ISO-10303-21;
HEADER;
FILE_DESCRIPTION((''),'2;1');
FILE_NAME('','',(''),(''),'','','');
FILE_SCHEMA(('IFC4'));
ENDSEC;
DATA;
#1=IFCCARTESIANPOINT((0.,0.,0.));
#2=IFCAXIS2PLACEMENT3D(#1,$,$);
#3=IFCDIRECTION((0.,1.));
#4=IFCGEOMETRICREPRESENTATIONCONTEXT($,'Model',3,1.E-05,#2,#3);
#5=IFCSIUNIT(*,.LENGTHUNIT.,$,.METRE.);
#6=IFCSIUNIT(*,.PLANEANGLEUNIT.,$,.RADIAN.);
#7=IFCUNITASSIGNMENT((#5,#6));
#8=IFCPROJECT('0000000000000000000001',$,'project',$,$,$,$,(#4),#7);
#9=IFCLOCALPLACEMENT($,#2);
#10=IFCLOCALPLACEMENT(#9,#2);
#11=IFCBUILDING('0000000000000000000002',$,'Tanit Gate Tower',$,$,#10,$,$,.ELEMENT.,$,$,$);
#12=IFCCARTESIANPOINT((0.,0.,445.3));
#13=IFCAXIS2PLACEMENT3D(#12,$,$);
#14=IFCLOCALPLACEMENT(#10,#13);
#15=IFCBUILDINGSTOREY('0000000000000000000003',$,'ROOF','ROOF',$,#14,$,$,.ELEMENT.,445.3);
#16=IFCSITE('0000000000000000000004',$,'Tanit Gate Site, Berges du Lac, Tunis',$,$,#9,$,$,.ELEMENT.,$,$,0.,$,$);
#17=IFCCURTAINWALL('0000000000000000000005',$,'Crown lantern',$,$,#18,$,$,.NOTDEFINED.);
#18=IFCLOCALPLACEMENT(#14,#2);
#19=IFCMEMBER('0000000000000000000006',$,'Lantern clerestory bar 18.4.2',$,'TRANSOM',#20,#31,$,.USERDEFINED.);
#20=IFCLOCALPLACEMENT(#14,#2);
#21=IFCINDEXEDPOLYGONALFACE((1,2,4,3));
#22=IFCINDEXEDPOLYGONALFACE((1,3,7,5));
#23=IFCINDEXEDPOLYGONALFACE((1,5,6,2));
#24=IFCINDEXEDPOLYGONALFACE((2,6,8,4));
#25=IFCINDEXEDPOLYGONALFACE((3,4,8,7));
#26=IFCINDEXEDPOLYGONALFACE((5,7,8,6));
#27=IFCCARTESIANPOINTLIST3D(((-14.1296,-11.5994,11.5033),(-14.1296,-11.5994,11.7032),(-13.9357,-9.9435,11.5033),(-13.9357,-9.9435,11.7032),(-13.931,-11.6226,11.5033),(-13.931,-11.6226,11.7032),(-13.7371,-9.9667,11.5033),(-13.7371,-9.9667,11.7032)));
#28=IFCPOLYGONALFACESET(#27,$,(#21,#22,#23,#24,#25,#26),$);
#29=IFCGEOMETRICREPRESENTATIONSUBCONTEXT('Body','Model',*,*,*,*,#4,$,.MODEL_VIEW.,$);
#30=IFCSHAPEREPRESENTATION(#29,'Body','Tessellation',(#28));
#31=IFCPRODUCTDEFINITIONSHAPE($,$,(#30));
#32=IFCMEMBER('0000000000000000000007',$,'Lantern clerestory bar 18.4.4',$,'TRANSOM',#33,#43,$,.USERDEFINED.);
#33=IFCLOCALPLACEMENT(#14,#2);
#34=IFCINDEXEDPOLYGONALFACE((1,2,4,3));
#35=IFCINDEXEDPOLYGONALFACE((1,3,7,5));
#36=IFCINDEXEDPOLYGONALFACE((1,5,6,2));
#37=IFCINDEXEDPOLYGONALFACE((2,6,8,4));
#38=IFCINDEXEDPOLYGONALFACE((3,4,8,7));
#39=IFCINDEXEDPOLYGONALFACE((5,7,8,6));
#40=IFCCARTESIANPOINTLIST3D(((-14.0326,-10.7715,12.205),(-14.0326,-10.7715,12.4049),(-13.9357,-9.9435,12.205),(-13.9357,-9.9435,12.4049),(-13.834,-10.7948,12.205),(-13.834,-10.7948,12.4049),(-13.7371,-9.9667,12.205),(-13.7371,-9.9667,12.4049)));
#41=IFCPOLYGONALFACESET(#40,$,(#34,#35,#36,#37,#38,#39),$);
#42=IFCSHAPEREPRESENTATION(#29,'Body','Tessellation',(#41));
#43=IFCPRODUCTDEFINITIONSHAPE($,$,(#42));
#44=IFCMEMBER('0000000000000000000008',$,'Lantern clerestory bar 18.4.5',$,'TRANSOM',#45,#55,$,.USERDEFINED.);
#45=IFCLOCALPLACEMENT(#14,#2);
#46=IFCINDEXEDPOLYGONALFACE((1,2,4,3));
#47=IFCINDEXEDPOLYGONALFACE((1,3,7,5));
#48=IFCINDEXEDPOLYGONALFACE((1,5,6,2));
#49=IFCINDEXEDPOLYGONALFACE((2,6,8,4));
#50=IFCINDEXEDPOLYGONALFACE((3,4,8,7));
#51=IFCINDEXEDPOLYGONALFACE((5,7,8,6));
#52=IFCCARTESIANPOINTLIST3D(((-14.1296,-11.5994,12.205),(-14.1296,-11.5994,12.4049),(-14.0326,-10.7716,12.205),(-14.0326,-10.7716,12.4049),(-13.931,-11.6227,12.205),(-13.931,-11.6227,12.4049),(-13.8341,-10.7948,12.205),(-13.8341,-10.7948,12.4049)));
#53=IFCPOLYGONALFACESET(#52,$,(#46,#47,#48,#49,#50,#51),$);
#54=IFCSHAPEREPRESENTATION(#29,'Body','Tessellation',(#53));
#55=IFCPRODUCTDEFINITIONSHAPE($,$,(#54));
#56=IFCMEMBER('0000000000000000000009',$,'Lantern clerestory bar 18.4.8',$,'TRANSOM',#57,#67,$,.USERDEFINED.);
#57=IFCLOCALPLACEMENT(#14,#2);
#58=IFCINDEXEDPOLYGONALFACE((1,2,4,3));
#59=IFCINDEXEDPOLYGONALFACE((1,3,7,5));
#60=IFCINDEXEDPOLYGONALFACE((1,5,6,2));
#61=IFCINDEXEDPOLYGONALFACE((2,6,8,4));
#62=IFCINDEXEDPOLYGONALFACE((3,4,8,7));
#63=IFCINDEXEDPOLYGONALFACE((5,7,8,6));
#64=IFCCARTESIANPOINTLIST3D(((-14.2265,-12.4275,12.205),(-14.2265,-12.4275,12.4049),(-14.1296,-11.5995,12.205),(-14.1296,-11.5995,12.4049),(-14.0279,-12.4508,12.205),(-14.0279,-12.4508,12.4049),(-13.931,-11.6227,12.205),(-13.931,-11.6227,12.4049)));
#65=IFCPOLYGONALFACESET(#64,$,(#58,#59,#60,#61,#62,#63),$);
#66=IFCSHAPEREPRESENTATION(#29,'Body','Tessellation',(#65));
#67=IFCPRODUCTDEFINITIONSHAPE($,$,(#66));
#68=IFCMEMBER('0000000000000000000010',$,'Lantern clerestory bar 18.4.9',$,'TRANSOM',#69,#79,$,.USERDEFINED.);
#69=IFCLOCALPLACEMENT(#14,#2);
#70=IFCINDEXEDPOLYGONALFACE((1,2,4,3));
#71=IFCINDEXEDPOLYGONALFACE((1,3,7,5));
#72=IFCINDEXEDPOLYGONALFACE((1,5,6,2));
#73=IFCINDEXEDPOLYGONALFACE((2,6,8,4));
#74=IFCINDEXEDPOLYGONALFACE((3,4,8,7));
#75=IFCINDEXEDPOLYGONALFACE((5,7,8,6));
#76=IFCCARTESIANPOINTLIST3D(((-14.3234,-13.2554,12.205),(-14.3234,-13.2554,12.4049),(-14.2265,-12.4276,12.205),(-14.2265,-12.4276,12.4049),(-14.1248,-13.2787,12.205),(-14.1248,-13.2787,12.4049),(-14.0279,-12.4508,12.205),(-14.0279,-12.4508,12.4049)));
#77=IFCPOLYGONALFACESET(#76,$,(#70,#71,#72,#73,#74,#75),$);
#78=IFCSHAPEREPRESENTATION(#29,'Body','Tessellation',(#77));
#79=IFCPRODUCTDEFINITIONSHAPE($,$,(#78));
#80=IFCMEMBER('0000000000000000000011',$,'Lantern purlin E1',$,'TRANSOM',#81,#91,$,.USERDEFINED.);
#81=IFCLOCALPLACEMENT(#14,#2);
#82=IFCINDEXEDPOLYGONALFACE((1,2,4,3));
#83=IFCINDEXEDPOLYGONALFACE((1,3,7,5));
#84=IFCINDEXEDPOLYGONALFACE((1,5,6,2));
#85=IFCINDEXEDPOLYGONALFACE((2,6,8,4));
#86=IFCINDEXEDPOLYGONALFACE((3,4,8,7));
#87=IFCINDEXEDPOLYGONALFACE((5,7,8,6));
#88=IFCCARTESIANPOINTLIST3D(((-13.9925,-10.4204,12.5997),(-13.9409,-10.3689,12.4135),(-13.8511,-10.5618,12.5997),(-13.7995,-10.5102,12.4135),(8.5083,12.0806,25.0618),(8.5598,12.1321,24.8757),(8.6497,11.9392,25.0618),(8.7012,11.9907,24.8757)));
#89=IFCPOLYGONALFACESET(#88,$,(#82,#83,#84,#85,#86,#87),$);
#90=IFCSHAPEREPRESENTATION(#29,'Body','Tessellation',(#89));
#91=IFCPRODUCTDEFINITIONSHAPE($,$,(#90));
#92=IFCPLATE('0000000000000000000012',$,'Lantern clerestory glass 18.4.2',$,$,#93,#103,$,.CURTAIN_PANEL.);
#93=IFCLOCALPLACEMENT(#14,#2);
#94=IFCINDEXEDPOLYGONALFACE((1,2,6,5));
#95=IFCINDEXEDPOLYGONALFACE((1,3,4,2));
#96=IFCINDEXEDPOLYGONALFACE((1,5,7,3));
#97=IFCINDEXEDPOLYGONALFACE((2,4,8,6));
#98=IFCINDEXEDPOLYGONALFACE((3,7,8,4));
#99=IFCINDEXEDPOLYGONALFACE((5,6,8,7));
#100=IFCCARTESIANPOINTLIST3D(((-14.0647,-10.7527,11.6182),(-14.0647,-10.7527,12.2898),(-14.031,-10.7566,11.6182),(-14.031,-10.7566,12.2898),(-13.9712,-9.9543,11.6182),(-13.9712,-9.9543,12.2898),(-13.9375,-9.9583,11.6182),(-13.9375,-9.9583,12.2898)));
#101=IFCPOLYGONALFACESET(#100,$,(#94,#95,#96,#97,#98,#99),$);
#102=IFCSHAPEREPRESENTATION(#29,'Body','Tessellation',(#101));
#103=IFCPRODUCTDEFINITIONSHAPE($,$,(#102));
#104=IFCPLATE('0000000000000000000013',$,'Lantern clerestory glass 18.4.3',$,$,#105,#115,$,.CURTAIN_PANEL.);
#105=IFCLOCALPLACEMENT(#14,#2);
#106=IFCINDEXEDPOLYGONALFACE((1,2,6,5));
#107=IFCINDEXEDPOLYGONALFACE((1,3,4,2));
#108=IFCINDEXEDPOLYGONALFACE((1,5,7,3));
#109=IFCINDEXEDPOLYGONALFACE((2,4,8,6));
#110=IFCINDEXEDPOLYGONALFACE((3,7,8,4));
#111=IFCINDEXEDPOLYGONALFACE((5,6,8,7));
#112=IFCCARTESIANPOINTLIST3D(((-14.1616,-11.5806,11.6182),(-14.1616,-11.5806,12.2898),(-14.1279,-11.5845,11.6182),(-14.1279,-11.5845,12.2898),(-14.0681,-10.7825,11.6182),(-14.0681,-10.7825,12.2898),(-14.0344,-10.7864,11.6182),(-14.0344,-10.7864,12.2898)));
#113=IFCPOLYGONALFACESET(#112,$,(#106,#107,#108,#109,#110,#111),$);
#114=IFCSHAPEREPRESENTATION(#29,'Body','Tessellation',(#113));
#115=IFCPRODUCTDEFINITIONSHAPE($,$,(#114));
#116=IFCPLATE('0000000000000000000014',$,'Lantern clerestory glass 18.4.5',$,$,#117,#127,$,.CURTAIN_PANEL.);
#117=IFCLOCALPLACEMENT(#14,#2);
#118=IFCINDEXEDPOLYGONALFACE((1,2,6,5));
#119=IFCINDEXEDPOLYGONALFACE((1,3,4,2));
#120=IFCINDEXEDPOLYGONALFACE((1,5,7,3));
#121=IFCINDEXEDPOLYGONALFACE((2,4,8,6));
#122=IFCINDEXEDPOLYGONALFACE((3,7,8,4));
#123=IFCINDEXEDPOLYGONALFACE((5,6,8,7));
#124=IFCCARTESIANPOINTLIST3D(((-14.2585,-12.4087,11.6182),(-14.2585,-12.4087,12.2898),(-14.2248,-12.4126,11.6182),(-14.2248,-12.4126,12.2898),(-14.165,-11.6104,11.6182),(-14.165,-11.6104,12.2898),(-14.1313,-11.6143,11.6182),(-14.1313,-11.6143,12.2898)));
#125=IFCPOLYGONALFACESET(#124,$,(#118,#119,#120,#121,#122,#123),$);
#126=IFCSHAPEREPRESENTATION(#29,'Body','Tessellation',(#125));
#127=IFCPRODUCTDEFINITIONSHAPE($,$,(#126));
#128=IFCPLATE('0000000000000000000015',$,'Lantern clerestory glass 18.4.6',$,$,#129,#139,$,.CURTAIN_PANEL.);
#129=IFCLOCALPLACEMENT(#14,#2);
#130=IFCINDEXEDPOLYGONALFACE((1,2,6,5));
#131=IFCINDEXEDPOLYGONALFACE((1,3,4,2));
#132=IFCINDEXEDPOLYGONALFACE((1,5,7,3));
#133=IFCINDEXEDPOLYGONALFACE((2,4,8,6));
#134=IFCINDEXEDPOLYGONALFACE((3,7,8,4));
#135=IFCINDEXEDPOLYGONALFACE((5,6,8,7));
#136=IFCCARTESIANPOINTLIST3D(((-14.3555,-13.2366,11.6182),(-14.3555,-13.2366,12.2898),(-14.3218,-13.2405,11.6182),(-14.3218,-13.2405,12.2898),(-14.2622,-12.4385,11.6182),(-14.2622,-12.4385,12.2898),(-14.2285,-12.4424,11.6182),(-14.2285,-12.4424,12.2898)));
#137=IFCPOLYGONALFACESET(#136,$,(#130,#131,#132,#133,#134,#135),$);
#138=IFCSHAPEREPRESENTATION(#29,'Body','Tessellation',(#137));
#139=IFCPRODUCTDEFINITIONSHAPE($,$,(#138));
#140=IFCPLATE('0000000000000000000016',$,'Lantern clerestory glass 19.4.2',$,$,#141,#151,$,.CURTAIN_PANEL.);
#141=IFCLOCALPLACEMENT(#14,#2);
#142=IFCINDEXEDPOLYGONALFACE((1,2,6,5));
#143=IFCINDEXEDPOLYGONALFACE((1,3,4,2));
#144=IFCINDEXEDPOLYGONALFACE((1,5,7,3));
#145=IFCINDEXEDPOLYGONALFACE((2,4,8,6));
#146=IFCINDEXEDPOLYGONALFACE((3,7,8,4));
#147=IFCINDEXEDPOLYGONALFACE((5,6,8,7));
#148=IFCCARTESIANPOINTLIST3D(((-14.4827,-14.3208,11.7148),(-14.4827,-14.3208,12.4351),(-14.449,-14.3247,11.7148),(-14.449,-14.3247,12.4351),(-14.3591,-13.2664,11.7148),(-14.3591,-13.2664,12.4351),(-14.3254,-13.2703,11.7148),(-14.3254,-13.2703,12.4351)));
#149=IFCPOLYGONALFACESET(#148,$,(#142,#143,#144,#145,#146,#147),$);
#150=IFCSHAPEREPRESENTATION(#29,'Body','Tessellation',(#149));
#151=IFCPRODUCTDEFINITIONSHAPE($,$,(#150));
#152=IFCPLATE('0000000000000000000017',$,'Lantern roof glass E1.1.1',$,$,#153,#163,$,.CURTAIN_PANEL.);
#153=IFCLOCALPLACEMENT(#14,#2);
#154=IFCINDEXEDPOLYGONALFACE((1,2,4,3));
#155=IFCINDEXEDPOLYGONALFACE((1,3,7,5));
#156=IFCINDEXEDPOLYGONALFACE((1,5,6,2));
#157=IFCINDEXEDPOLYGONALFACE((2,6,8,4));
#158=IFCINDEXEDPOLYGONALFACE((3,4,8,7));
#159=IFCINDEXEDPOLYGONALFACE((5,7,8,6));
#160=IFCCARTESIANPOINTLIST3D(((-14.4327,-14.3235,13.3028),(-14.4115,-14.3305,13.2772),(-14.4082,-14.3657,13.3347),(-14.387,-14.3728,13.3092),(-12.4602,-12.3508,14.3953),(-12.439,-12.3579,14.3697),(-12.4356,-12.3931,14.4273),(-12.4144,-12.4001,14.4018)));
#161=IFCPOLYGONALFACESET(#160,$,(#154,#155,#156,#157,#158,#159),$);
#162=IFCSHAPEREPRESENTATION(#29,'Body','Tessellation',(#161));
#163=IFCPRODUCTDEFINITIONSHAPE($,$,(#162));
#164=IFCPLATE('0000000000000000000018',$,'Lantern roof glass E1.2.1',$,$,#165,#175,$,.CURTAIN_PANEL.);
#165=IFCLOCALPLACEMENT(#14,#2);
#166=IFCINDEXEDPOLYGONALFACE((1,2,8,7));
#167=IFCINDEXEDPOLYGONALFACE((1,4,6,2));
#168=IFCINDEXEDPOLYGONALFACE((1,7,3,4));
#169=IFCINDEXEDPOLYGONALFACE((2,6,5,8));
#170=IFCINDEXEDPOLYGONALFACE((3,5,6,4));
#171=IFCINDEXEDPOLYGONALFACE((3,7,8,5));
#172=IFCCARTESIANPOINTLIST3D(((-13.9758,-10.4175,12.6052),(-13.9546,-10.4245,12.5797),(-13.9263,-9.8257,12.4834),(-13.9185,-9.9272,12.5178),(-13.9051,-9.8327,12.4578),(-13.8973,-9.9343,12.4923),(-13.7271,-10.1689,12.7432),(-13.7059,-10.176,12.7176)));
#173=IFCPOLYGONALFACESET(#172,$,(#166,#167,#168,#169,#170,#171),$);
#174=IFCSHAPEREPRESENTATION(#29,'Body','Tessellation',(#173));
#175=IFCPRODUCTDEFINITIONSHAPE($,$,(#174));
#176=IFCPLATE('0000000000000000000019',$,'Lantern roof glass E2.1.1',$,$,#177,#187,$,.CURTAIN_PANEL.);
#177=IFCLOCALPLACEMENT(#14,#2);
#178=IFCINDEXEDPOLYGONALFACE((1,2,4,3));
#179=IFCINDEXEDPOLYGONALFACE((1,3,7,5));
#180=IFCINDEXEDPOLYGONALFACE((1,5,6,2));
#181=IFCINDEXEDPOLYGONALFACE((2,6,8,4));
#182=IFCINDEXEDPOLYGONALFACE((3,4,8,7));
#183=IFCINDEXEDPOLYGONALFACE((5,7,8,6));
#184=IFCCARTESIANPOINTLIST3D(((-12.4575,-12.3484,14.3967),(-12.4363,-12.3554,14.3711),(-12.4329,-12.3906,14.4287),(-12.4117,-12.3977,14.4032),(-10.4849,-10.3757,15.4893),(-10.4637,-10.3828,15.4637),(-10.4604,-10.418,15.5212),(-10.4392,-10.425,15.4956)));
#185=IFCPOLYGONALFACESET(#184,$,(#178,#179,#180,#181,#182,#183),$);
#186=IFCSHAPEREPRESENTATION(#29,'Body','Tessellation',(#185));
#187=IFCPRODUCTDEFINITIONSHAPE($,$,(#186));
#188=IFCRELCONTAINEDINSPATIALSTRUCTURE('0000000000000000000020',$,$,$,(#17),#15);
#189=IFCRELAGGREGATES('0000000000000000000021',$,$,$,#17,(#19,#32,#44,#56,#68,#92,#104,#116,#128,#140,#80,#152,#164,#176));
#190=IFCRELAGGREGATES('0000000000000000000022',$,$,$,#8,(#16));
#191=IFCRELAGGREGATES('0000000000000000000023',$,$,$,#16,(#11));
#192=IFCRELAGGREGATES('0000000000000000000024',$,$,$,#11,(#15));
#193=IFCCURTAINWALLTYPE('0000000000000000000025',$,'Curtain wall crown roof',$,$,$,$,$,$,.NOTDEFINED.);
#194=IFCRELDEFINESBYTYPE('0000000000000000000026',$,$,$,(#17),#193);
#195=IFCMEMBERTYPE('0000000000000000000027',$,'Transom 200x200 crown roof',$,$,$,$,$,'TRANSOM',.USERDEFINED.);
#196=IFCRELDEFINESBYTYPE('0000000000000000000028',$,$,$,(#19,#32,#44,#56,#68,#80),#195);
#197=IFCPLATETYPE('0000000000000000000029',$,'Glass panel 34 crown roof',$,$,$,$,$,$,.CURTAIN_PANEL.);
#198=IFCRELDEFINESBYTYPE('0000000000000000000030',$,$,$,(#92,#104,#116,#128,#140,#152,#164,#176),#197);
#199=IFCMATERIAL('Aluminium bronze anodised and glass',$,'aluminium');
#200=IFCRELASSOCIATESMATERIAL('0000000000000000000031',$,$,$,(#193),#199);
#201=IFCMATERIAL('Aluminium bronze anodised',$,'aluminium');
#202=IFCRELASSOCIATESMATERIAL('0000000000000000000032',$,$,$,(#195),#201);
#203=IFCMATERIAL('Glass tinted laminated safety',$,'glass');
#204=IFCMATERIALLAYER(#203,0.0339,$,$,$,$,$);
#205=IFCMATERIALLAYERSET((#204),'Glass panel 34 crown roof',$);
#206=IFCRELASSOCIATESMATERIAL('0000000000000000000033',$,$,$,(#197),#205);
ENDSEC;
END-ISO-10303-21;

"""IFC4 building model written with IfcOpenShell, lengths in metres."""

from ifc_helpers import new_model, si_unit, direction, frame, origin, origin_2d, place, context, subcontext, project, spatial, polyline, rectangle, outline, extrude, material, layer, layer_set, material_profile, profile_set, type_object, element, aggregate, save


model = new_model("IFC4")

# Units and contexts
model_context = context("Model", 3, precision=1e-05, world=origin(), true_north=direction((0.0, 1.0)))
body_context = subcontext(model_context, "Body", "Model", "MODEL_VIEW")
ifc_project = project(units=[si_unit("LENGTHUNIT", "METRE"), si_unit("PLANEANGLEUNIT", "RADIAN")], contexts=[model_context])

# Site, building, storey
site_placement = place(None, origin())
site = spatial("IfcSite", under=ifc_project, at=site_placement, Name="Tanit Gate Site, Berges du Lac, Tunis", CompositionType="ELEMENT", RefElevation=0.0)
building_placement = place(site_placement, origin())
building = spatial("IfcBuilding", under=site, at=building_placement, Name="Tanit Gate Tower", CompositionType="ELEMENT")
storey_placement = place(building_placement, frame((0.0, 0.0, 445.3)))
storey = spatial("IfcBuildingStorey", under=building, at=storey_placement, Name="ROOF", Description="ROOF", CompositionType="ELEMENT", Elevation=445.3)

# Curtain wall, members, plates
ifc_material_1 = material(Name="Aluminium bronze anodised and glass", Category="aluminium")
curtain_wall_type = type_object("IfcCurtainWallType", Name="Curtain wall crown roof", PredefinedType="NOTDEFINED", material=ifc_material_1)
curtain_wall_placement = place(storey_placement, origin())
curtain_wall = element("IfcCurtainWall", 1, at=curtain_wall_placement, inside=storey, type_object=curtain_wall_type, Name="Crown lantern", PredefinedType="NOTDEFINED")
ifc_material_2 = material(Name="Aluminium bronze anodised", Category="aluminium")
ifc_material_profile_1 = material_profile(ifc_material_2, rectangle(XDim=0.2, YDim=0.2, at=origin_2d()), Name="200x200 bronze transom")
ifc_profile_set_1 = profile_set([ifc_material_profile_1], Name="Aluminium bronze anodised")
member_type_1 = type_object("IfcMemberType", Name="Transom 200x200 crown roof", ElementType="TRANSOM", PredefinedType="USERDEFINED", material=ifc_profile_set_1)
member_1_placement = place(storey_placement, frame((-13.8364, -9.9551, 11.6033), z_axis=(-0.116264, -0.993218, 0.0), x_axis=(0.993218, -0.116264, 0.0)))
member_1 = element("IfcMember", 2, at=member_1_placement, type_object=member_type_1, Name="Lantern clerestory bar 18.4.2", ObjectType="TRANSOM", PredefinedType="USERDEFINED", context=body_context, shape_type="SweptSolid", body=[
    extrude(rectangle(XDim=0.2, YDim=0.2, at=origin_2d()), origin(), (0.0, 0.0, 1.0), 1.6672),
])
member_2_placement = place(storey_placement, frame((-13.8364, -9.9551, 12.3049), z_axis=(-0.116247, -0.99322, 0.0), x_axis=(0.99322, -0.116247, 0.0)))
member_2 = element("IfcMember", 3, at=member_2_placement, type_object=member_type_1, Name="Lantern clerestory bar 18.4.4", ObjectType="TRANSOM", PredefinedType="USERDEFINED", context=body_context, shape_type="SweptSolid", body=[
    extrude(rectangle(XDim=0.2, YDim=0.2, at=origin_2d()), origin(), (0.0, 0.0, 1.0), 0.8337),
])
member_3_placement = place(storey_placement, frame((-13.9333, -10.7832, 12.3049), z_axis=(-0.11628, -0.993216, 0.0), x_axis=(0.993216, -0.11628, 0.0)))
member_3 = element("IfcMember", 4, at=member_3_placement, type_object=member_type_1, Name="Lantern clerestory bar 18.4.5", ObjectType="TRANSOM", PredefinedType="USERDEFINED", context=body_context, shape_type="SweptSolid", body=[
    extrude(rectangle(XDim=0.2, YDim=0.2, at=origin_2d()), origin(), (0.0, 0.0, 1.0), 0.8335),
])
member_4_placement = place(storey_placement, frame((-14.0303, -11.6111, 12.3049), z_axis=(-0.116247, -0.99322, 0.0), x_axis=(0.99322, -0.116247, 0.0)))
member_4 = element("IfcMember", 5, at=member_4_placement, type_object=member_type_1, Name="Lantern clerestory bar 18.4.8", ObjectType="TRANSOM", PredefinedType="USERDEFINED", context=body_context, shape_type="SweptSolid", body=[
    extrude(rectangle(XDim=0.2, YDim=0.2, at=origin_2d()), origin(), (0.0, 0.0, 1.0), 0.8337),
])
member_5_placement = place(storey_placement, frame((-14.1272, -12.4392, 12.3049), z_axis=(-0.11628, -0.993216, 0.0), x_axis=(0.993216, -0.11628, 0.0)))
member_5 = element("IfcMember", 6, at=member_5_placement, type_object=member_type_1, Name="Lantern clerestory bar 18.4.9", ObjectType="TRANSOM", PredefinedType="USERDEFINED", context=body_context, shape_type="SweptSolid", body=[
    extrude(rectangle(XDim=0.2, YDim=0.2, at=origin_2d()), origin(), (0.0, 0.0, 1.0), 0.8335),
])
member_6_placement = place(storey_placement, frame((-13.896, -10.4653, 12.5066), z_axis=(0.658411, 0.658418, 0.364665), x_axis=(-0.707111, 0.707103, 0.0)))
member_6 = element("IfcMember", 7, at=member_6_placement, type_object=member_type_1, Name="Lantern purlin E1", ObjectType="TRANSOM", PredefinedType="USERDEFINED", context=body_context, shape_type="SweptSolid", body=[
    extrude(rectangle(XDim=0.2, YDim=0.2, at=origin_2d()), origin(), (0.0, 0.0, 1.0), 34.1743),
])
ifc_material_3 = material(Name="Glass tinted laminated safety", Category="glass")
ifc_layer = layer(ifc_material_3, 0.0339)
ifc_layer_set = layer_set([ifc_layer], Name="Glass panel 34 crown roof")
plate_type = type_object("IfcPlateType", Name="Glass panel 34 crown roof", PredefinedType="CURTAIN_PANEL", material=ifc_layer_set)
plate_1_placement = place(storey_placement, frame((-13.9712, -9.9543, 11.6182), z_axis=(-0.993211, 0.11633, 0.0), x_axis=(-0.11633, -0.993211, 0.0)))
plate_1 = element("IfcPlate", 8, at=plate_1_placement, type_object=plate_type, Name="Lantern clerestory glass 18.4.2", PredefinedType="CURTAIN_PANEL", context=body_context, shape_type="SweptSolid", body=[
    extrude(outline(polyline([(0.0, 0.0), (0.8038, 0.0), (0.8038, 0.6716), (0.0, 0.6716), (0.0, 0.0)])), origin(), (0.0, 0.0, -1.0), 0.0339),
])
plate_2_placement = place(storey_placement, frame((-14.0681, -10.7825, 11.6182), z_axis=(-0.993206, 0.116365, 0.0), x_axis=(-0.116365, -0.993206, 0.0)))
plate_2 = element("IfcPlate", 9, at=plate_2_placement, type_object=plate_type, Name="Lantern clerestory glass 18.4.3", PredefinedType="CURTAIN_PANEL", context=body_context, shape_type="SweptSolid", body=[
    extrude(outline(polyline([(0.0, 0.0), (0.8036, 0.0), (0.8036, 0.6716), (0.0, 0.6716), (0.0, 0.0)])), origin(), (0.0, 0.0, -1.0), 0.0339),
])
plate_3_placement = place(storey_placement, frame((-14.165, -11.6104, 11.6182), z_axis=(-0.993211, 0.11633, 0.0), x_axis=(-0.11633, -0.993211, 0.0)))
plate_3 = element("IfcPlate", 10, at=plate_3_placement, type_object=plate_type, Name="Lantern clerestory glass 18.4.5", PredefinedType="CURTAIN_PANEL", context=body_context, shape_type="SweptSolid", body=[
    extrude(outline(polyline([(0.0, 0.0), (0.8038, 0.0), (0.8038, 0.6716), (0.0, 0.6716), (0.0, 0.0)])), origin(), (0.0, 0.0, -1.0), 0.0339),
])
plate_4_placement = place(storey_placement, frame((-14.2622, -12.4385, 11.6182), z_axis=(-0.993242, 0.116066, 0.0), x_axis=(-0.116066, -0.993242, 0.0)))
plate_4 = element("IfcPlate", 11, at=plate_4_placement, type_object=plate_type, Name="Lantern clerestory glass 18.4.6", PredefinedType="CURTAIN_PANEL", context=body_context, shape_type="SweptSolid", body=[
    extrude(outline(polyline([(0.0, 0.0), (0.8035, 0.0), (0.8035, 0.6716), (0.0, 0.6716), (0.0, 0.0)])), origin(), (0.0, 0.0, -1.0), 0.0339),
])
plate_5_placement = place(storey_placement, frame((-14.3591, -13.2664, 11.7148), z_axis=(-0.993207, 0.116361, 0.0), x_axis=(-0.116361, -0.993207, 0.0)))
plate_5 = element("IfcPlate", 12, at=plate_5_placement, type_object=plate_type, Name="Lantern clerestory glass 19.4.2", PredefinedType="CURTAIN_PANEL", context=body_context, shape_type="SweptSolid", body=[
    extrude(outline(polyline([(0.0, 0.0), (1.0617, 0.0), (1.0617, 0.7202), (0.0, 0.7202), (0.0, 0.0)])), origin(), (0.0, 0.0, -1.0), 0.0339),
])
plate_6_placement = place(storey_placement, frame((-12.4602, -12.3508, 14.3953), z_axis=(-0.624484, 0.207409, 0.752995), x_axis=(-0.658387, -0.658447, -0.364656)))
plate_6 = element("IfcPlate", 13, at=plate_6_placement, type_object=plate_type, Name="Lantern roof glass E1.1.1", PredefinedType="CURTAIN_PANEL", context=body_context, shape_type="SweptSolid", body=[
    extrude(outline(polyline([(0.0, 0.0), (2.9959, 0.0), (2.996, 0.0583), (-0.0001, 0.0584), (0.0, 0.0)])), origin(), (0.0, 0.0, -1.0), 0.0339),
])
plate_7_placement = place(storey_placement, frame((-13.9758, -10.4175, 12.6052), z_axis=(-0.624624, 0.207302, 0.752908), x_axis=(0.658571, 0.65796, 0.365201)))
plate_7 = element("IfcPlate", 14, at=plate_7_placement, type_object=plate_type, Name="Lantern roof glass E1.2.1", PredefinedType="CURTAIN_PANEL", context=body_context, shape_type="SweptSolid", body=[
    extrude(outline(polyline([(0.0, 0.0), (0.3777, 0.0), (0.3775, 0.4743), (0.3284, 0.3787), (0.0, 0.0)])), origin(), (0.0, 0.0, -1.0), 0.0339),
])
plate_8_placement = place(storey_placement, frame((-10.4849, -10.3757, 15.4893), z_axis=(-0.624484, 0.207409, 0.752995), x_axis=(-0.658401, -0.658422, -0.364675)))
plate_8 = element("IfcPlate", 15, at=plate_8_placement, type_object=plate_type, Name="Lantern roof glass E2.1.1", PredefinedType="CURTAIN_PANEL", context=body_context, shape_type="SweptSolid", body=[
    extrude(outline(polyline([(0.0, 0.0), (2.9961, 0.0), (2.996, 0.0584), (0.0001, 0.0583), (0.0, 0.0)])), origin(), (0.0, 0.0, -1.0), 0.0339),
])
aggregate(curtain_wall, [member_1, member_2, member_3, member_4, member_5, plate_1, plate_2, plate_3, plate_4, plate_5, member_6, plate_6, plate_7, plate_8])

save(model, "model.ifc")
